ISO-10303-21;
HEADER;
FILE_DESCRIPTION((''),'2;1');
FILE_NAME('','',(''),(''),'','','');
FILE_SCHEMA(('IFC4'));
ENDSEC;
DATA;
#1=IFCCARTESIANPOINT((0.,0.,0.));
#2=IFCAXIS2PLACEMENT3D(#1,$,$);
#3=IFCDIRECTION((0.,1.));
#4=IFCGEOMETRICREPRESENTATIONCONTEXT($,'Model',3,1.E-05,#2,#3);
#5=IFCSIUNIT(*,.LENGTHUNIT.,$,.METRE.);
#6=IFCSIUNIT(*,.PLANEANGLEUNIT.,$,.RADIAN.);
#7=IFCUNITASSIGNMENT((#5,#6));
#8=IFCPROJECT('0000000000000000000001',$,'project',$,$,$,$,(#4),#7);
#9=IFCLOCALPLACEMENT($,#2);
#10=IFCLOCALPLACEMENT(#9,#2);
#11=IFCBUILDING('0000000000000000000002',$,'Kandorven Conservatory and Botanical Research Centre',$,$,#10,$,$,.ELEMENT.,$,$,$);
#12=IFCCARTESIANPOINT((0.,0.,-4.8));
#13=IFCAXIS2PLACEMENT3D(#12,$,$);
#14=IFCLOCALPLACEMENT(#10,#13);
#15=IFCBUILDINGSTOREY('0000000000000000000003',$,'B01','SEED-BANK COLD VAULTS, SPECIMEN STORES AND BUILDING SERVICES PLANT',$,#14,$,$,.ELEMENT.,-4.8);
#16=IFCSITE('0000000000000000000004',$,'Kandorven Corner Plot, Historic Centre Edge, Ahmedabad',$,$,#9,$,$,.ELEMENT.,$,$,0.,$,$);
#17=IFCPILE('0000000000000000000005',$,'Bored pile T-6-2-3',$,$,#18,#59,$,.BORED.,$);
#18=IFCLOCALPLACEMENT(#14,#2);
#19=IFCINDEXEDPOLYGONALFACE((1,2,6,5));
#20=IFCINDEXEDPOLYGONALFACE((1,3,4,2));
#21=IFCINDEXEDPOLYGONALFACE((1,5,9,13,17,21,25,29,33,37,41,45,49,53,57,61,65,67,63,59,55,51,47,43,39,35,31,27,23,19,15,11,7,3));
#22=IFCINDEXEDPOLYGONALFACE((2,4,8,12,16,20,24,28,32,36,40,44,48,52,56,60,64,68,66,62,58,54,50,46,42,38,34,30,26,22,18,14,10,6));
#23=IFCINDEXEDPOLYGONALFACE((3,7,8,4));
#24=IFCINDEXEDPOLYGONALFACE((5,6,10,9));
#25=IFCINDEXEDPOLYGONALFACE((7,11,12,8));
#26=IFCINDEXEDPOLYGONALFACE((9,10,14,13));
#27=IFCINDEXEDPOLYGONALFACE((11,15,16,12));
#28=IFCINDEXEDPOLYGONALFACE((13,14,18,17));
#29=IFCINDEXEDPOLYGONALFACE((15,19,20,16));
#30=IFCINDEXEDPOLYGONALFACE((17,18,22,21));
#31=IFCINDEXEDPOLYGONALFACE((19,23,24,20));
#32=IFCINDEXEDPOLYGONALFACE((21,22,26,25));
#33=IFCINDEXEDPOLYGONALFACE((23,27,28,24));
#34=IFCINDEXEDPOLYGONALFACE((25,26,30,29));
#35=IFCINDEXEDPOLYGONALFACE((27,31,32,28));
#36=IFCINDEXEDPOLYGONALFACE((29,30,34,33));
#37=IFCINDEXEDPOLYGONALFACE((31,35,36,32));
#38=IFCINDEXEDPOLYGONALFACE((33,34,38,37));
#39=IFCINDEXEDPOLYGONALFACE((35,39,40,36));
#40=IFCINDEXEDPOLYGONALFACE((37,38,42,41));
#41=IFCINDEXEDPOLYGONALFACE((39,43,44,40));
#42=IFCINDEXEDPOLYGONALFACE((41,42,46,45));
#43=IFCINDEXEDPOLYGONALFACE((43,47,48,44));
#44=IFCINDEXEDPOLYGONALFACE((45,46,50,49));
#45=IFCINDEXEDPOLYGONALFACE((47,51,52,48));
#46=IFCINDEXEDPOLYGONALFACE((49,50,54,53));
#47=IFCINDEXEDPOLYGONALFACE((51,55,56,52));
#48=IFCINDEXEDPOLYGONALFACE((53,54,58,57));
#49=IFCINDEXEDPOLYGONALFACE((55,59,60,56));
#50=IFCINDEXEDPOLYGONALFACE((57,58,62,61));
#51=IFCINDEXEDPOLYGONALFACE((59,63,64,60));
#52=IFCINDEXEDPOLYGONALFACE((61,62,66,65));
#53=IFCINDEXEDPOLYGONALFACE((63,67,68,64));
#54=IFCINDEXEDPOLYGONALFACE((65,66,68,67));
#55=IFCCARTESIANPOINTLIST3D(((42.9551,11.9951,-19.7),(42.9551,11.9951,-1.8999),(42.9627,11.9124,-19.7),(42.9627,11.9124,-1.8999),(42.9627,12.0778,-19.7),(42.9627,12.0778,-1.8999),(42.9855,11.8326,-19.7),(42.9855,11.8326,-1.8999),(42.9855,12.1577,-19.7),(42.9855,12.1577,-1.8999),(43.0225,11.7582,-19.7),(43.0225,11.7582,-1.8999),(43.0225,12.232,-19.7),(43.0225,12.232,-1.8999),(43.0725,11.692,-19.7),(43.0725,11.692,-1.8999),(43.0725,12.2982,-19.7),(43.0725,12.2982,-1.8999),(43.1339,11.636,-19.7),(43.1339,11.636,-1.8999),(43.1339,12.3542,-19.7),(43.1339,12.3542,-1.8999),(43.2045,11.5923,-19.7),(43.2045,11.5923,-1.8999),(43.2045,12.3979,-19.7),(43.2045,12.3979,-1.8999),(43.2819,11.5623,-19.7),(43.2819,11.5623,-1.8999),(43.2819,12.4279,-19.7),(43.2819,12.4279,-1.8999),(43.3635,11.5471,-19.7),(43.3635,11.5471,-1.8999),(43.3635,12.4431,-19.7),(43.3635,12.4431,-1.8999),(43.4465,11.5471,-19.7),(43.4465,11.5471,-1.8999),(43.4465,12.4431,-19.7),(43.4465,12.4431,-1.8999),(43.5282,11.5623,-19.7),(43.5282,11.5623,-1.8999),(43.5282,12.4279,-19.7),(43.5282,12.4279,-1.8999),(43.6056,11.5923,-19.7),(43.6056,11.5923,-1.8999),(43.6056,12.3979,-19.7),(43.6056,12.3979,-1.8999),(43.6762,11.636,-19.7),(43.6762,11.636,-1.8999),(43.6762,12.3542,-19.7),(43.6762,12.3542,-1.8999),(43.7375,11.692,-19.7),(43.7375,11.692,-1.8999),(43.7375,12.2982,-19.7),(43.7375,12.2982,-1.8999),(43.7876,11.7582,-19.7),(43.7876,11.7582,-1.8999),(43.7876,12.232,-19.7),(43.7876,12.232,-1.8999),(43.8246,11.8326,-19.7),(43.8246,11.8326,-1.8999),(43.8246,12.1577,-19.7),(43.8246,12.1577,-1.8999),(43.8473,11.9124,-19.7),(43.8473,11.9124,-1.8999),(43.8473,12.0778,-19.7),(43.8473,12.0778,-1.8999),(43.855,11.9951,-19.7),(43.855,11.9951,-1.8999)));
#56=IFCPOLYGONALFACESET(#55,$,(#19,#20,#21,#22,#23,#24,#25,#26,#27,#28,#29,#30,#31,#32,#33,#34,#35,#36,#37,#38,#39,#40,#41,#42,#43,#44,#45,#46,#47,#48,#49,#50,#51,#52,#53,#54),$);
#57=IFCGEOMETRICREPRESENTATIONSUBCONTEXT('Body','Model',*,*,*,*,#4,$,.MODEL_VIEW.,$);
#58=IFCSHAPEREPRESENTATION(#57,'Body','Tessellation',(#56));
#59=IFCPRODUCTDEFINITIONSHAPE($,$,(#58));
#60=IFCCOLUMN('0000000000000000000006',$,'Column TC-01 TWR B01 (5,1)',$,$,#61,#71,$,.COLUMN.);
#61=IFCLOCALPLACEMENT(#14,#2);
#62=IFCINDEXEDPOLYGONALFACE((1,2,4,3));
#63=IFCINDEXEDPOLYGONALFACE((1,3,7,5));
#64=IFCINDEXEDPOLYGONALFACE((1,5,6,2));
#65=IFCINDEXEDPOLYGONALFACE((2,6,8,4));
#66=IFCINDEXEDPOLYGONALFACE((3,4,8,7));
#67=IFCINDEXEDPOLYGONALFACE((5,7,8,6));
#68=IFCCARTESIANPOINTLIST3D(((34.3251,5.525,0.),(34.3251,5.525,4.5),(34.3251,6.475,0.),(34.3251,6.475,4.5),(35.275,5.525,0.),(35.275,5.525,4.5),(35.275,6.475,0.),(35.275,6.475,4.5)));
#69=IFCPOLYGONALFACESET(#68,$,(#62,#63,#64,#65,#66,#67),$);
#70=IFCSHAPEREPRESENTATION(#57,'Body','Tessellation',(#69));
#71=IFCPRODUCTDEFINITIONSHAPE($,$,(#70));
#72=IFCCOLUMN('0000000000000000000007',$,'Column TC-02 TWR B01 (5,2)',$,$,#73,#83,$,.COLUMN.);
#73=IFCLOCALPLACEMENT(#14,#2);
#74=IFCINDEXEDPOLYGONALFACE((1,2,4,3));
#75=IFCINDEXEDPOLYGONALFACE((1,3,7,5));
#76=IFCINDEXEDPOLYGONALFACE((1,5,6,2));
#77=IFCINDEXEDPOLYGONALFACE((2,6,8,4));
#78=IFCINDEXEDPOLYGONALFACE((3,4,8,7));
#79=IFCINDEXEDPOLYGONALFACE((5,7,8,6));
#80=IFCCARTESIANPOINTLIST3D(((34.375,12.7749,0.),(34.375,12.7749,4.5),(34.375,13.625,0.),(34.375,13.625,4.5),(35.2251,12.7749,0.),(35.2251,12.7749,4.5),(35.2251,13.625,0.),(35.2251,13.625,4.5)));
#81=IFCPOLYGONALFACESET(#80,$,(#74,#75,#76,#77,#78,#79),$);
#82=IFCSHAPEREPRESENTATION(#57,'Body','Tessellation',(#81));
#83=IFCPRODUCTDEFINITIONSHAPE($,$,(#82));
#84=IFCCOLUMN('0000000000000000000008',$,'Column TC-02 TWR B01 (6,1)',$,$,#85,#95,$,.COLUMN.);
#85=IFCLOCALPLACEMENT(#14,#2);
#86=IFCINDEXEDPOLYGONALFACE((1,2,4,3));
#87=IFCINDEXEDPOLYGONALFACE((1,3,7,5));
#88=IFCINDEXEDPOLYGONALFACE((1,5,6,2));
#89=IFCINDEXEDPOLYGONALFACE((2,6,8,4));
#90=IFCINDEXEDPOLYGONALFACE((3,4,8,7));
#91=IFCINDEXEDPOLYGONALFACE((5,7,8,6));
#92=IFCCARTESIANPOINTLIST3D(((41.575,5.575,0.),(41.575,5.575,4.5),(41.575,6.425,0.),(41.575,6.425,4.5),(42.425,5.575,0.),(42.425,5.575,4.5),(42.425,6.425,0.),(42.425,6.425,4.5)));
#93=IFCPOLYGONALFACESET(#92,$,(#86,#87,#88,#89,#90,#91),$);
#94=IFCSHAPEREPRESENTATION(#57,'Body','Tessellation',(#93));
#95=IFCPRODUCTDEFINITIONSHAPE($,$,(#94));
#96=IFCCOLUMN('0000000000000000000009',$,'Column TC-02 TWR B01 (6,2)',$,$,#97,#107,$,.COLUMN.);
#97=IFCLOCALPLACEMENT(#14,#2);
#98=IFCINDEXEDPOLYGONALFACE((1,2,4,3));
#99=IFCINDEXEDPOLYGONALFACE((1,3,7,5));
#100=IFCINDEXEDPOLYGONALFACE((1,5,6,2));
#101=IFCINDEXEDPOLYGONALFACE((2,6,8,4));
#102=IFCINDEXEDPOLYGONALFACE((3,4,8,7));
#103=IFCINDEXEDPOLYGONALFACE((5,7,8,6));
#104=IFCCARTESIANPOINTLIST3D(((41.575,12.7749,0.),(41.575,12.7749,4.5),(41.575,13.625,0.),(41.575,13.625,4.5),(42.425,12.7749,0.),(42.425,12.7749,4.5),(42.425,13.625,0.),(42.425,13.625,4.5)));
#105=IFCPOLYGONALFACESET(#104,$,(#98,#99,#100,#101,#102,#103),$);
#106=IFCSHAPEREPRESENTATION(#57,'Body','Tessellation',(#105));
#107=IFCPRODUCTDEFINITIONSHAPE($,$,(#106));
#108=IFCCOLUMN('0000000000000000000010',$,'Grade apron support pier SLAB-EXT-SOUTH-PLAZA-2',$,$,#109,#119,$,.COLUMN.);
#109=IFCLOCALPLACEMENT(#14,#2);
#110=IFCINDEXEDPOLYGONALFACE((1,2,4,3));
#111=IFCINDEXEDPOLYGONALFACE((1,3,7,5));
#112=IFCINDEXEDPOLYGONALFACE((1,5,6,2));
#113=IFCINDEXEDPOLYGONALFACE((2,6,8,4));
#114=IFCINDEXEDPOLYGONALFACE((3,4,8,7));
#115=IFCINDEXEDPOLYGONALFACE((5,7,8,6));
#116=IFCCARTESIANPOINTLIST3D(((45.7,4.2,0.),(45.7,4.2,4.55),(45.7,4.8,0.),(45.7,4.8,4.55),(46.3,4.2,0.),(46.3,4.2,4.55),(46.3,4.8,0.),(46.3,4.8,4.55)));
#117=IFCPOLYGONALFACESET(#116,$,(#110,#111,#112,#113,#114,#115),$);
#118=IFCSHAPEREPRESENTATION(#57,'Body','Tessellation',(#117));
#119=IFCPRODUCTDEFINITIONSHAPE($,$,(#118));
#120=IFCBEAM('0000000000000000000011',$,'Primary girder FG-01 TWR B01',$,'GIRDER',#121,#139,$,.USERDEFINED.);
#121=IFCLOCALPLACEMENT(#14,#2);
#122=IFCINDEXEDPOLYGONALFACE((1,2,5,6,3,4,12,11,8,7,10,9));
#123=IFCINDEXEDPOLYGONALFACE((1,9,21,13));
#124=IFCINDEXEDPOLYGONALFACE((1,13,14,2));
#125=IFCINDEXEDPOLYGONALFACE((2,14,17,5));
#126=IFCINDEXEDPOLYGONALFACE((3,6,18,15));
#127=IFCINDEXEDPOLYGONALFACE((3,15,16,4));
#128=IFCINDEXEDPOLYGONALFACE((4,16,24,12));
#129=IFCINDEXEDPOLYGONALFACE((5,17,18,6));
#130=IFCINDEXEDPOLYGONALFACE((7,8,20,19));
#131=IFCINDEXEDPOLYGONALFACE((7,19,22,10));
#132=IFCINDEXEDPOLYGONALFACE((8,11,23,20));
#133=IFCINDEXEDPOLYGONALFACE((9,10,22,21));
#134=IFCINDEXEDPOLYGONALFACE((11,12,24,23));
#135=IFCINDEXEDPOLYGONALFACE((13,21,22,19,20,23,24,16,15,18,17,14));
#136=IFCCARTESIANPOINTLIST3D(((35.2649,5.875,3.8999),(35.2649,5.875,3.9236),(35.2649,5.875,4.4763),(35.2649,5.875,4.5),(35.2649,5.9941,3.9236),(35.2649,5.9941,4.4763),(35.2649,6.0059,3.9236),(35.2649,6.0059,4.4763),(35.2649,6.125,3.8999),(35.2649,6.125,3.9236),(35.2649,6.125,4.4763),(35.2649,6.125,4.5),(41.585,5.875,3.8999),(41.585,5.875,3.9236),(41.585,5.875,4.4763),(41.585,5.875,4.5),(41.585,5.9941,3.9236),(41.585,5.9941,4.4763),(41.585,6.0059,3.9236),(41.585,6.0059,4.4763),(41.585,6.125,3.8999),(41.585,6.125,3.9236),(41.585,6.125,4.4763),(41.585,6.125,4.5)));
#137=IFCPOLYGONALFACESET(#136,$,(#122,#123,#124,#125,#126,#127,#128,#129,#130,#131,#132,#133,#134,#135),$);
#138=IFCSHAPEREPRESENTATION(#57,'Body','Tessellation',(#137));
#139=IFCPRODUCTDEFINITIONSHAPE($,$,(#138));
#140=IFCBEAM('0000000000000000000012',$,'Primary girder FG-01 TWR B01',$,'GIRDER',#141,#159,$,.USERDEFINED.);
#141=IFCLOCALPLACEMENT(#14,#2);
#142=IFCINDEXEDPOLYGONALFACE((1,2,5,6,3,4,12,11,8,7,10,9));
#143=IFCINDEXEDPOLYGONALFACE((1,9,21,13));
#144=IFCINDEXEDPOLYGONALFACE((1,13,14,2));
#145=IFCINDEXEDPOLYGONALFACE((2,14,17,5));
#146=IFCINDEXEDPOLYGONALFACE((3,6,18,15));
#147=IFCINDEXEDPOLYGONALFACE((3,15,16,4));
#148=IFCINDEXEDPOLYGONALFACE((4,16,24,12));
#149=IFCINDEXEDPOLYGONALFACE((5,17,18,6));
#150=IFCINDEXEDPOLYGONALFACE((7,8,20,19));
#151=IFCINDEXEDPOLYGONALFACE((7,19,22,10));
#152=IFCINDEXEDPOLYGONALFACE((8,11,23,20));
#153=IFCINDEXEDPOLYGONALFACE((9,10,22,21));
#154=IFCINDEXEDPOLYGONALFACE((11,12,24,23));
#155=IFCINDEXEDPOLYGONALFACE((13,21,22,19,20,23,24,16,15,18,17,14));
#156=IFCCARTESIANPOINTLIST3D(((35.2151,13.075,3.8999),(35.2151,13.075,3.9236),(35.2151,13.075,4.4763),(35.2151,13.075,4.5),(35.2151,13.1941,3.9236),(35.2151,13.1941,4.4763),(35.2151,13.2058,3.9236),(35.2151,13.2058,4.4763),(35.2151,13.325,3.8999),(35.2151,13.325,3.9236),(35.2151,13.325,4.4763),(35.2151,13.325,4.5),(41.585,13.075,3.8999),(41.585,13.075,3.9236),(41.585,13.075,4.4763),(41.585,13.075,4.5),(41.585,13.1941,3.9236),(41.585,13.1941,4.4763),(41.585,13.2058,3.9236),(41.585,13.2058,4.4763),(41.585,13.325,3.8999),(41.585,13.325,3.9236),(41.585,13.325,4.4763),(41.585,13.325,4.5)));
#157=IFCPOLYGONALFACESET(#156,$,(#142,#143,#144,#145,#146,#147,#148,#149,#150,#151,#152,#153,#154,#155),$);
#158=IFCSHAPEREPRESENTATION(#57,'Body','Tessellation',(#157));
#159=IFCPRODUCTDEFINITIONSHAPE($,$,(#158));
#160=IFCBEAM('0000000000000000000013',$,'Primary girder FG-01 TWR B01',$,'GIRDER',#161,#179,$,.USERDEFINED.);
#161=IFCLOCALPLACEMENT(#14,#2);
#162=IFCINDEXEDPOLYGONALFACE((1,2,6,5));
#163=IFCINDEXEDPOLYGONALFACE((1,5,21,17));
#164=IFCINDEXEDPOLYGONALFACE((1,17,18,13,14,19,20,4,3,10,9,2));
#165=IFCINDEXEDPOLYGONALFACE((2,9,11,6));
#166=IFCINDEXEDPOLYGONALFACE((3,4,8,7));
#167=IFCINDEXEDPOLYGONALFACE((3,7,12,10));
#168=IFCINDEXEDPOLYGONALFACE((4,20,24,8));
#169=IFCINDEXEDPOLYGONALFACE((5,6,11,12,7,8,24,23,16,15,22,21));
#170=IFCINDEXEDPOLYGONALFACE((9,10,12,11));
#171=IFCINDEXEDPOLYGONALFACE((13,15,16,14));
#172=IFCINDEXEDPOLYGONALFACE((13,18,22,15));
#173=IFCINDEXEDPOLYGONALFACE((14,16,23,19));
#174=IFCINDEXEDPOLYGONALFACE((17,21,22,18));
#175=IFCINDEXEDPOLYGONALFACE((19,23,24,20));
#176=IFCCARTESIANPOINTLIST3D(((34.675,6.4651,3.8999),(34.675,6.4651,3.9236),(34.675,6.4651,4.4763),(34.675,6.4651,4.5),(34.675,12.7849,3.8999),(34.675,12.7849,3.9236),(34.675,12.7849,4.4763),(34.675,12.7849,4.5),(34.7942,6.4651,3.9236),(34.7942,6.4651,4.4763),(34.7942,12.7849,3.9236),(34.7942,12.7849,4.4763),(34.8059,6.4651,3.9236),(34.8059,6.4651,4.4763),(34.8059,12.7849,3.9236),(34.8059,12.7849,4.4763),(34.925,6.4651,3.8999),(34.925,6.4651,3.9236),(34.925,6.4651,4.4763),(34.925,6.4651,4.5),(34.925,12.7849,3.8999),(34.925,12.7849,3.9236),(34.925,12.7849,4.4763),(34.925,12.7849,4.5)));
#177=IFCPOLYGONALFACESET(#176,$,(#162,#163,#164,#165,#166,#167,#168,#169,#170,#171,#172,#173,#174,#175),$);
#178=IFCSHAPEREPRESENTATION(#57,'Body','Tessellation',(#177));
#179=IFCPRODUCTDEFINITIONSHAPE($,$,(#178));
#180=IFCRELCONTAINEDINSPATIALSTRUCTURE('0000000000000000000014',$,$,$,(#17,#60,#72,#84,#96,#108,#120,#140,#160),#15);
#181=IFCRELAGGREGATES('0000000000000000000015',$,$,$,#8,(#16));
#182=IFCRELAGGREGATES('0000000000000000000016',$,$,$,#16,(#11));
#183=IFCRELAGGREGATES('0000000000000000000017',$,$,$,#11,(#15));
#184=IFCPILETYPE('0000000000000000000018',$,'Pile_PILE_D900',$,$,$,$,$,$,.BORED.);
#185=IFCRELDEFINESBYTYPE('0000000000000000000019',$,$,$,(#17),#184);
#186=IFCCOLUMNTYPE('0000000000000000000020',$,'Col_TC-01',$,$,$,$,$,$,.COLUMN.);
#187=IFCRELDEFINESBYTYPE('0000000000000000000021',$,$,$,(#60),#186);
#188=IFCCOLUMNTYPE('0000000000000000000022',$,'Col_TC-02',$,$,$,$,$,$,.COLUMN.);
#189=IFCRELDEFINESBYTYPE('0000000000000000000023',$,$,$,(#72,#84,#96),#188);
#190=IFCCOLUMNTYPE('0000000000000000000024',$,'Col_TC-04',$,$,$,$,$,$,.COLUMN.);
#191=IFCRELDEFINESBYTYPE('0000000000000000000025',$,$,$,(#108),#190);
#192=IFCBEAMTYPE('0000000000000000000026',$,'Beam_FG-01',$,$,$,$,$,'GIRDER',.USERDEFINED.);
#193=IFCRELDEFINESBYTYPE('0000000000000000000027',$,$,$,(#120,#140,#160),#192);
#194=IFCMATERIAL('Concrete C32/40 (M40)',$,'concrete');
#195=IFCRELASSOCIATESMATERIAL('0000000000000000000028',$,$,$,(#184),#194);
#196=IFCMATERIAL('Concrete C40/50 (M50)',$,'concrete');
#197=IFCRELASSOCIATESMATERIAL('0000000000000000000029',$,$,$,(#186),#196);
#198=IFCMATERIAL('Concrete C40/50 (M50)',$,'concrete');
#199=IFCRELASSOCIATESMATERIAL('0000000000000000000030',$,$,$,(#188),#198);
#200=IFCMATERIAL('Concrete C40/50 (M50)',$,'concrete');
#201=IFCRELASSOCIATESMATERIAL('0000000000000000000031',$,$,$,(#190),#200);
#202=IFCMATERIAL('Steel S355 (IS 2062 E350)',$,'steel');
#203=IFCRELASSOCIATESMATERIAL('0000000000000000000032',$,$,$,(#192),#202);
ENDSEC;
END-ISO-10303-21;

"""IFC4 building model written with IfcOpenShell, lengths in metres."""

from ifc_helpers import new_model, si_unit, direction, frame, origin, origin_2d, place, context, subcontext, project, spatial, rectangle, circle, i_section, extrude, material, material_profile, profile_set, type_object, element, save


model = new_model("IFC4")

# Units and contexts
model_context = context("Model", 3, precision=1e-05, world=origin(), true_north=direction((0.0, 1.0)))
body_context = subcontext(model_context, "Body", "Model", "MODEL_VIEW")
ifc_project = project(units=[si_unit("LENGTHUNIT", "METRE"), si_unit("PLANEANGLEUNIT", "RADIAN")], contexts=[model_context])

# Site, building, storey
site_placement = place(None, origin())
site = spatial("IfcSite", under=ifc_project, at=site_placement, Name="Kandorven Corner Plot, Historic Centre Edge, Ahmedabad", CompositionType="ELEMENT", RefElevation=0.0)
building_placement = place(site_placement, origin())
building = spatial("IfcBuilding", under=site, at=building_placement, Name="Kandorven Conservatory and Botanical Research Centre", CompositionType="ELEMENT")
storey_placement = place(building_placement, frame((0.0, 0.0, -4.8)))
storey = spatial("IfcBuildingStorey", under=building, at=storey_placement, Name="B01", Description="SEED-BANK COLD VAULTS, SPECIMEN STORES AND BUILDING SERVICES PLANT", CompositionType="ELEMENT", Elevation=-4.8)

# Pile
ifc_material_1 = material(Name="Concrete C32/40 (M40)", Category="concrete")
ifc_material_profile_1 = material_profile(ifc_material_1, circle(Radius=0.45, at=origin_2d()))
ifc_profile_set_1 = profile_set([ifc_material_profile_1], Name="Concrete C32/40 (M40)")
pile_type_1 = type_object("IfcPileType", Name="Pile_PILE_D900", PredefinedType="BORED", material=ifc_profile_set_1)
for number, where, z_axis, x_axis, name in (
    (1, (43.405, 11.9951, -1.8999), (0.0, 0.0, -1.0), (1.0, 0.0, 0.0), "Bored pile T-6-2-3"),
):
    element("IfcPile", number, at=place(storey_placement, frame(where, z_axis=z_axis, x_axis=x_axis)), inside=storey, type_object=pile_type_1, Name=name, PredefinedType="BORED", context=body_context, shape_type="SweptSolid", body=[
        extrude(circle(Radius=0.45, at=origin_2d()), origin(), (0.0, 0.0, 1.0), 17.8),
    ])

# Columns
ifc_material_2 = material(Name="Concrete C40/50 (M50)", Category="concrete")
ifc_material_profile_2 = material_profile(ifc_material_2, rectangle(XDim=0.95, YDim=0.95, at=origin_2d()))
ifc_profile_set_2 = profile_set([ifc_material_profile_2], Name="Concrete C40/50 (M50)")
column_type_1 = type_object("IfcColumnType", Name="Col_TC-01", PredefinedType="COLUMN", material=ifc_profile_set_2)
column_1_placement = place(storey_placement, frame((34.8, 6.0, 0.0), z_axis=(0.0, 0.0, 1.0), x_axis=(1.0, 0.0, 0.0)))
element("IfcColumn", 2, at=column_1_placement, inside=storey, type_object=column_type_1, Name="Column TC-01 TWR B01 (5,1)", PredefinedType="COLUMN", context=body_context, shape_type="SweptSolid", body=[
    extrude(rectangle(XDim=0.95, YDim=0.95, at=origin_2d()), origin(), (0.0, 0.0, 1.0), 4.5),
])
ifc_material_3 = material(Name="Concrete C40/50 (M50)", Category="concrete")
ifc_material_profile_3 = material_profile(ifc_material_3, rectangle(XDim=0.8501, YDim=0.8501, at=origin_2d()))
ifc_profile_set_3 = profile_set([ifc_material_profile_3], Name="Concrete C40/50 (M50)")
column_type_2 = type_object("IfcColumnType", Name="Col_TC-02", PredefinedType="COLUMN", material=ifc_profile_set_3)
for number, where, z_axis, x_axis, name in (
    (3, (34.8, 13.2, 0.0), (0.0, 0.0, 1.0), (1.0, 0.0, 0.0), "Column TC-02 TWR B01 (5,2)"),
    (4, (42.0, 6.0, 0.0), (0.0, 0.0, 1.0), (1.0, 0.0, 0.0), "Column TC-02 TWR B01 (6,1)"),
    (5, (42.0, 13.2, 0.0), (0.0, 0.0, 1.0), (1.0, 0.0, 0.0), "Column TC-02 TWR B01 (6,2)"),
):
    element("IfcColumn", number, at=place(storey_placement, frame(where, z_axis=z_axis, x_axis=x_axis)), inside=storey, type_object=column_type_2, Name=name, PredefinedType="COLUMN", context=body_context, shape_type="SweptSolid", body=[
        extrude(rectangle(XDim=0.8501, YDim=0.8501, at=origin_2d()), origin(), (0.0, 0.0, 1.0), 4.5),
    ])
ifc_material_4 = material(Name="Concrete C40/50 (M50)", Category="concrete")
ifc_material_profile_4 = material_profile(ifc_material_4, rectangle(XDim=0.6001, YDim=0.6001, at=origin_2d()))
ifc_profile_set_4 = profile_set([ifc_material_profile_4], Name="Concrete C40/50 (M50)")
column_type_3 = type_object("IfcColumnType", Name="Col_TC-04", PredefinedType="COLUMN", material=ifc_profile_set_4)
column_2_placement = place(storey_placement, frame((46.0, 4.5, 0.0), z_axis=(0.0, 0.0, 1.0), x_axis=(1.0, 0.0, 0.0)))
element("IfcColumn", 6, at=column_2_placement, inside=storey, type_object=column_type_3, Name="Grade apron support pier SLAB-EXT-SOUTH-PLAZA-2", PredefinedType="COLUMN", context=body_context, shape_type="SweptSolid", body=[
    extrude(rectangle(XDim=0.6001, YDim=0.6001, at=origin_2d()), origin(), (0.0, 0.0, 1.0), 4.55),
])

# Beams
ifc_material_5 = material(Name="Steel S355 (IS 2062 E350)", Category="steel")
ifc_material_profile_5 = material_profile(ifc_material_5, i_section(OverallWidth=0.25, OverallDepth=0.6001, WebThickness=0.0117, FlangeThickness=0.0237, at=origin_2d()))
ifc_profile_set_5 = profile_set([ifc_material_profile_5], Name="Steel S355 (IS 2062 E350)")
beam_type_1 = type_object("IfcBeamType", Name="Beam_FG-01", ElementType="GIRDER", PredefinedType="USERDEFINED", material=ifc_profile_set_5)
beam_1_placement = place(storey_placement, frame((35.2649, 6.0, 4.2), z_axis=(1.0, 0.0, 0.0), x_axis=(0.0, 1.0, 0.0)))
element("IfcBeam", 7, at=beam_1_placement, inside=storey, type_object=beam_type_1, Name="Primary girder FG-01 TWR B01", ObjectType="GIRDER", PredefinedType="USERDEFINED", context=body_context, shape_type="SweptSolid", body=[
    extrude(i_section(OverallWidth=0.25, OverallDepth=0.6001, WebThickness=0.0117, FlangeThickness=0.0237, at=origin_2d()), origin(), (0.0, 0.0, 1.0), 6.3201),
])
beam_2_placement = place(storey_placement, frame((35.2151, 13.2, 4.2), z_axis=(1.0, 0.0, 0.0), x_axis=(0.0, 1.0, 0.0)))
element("IfcBeam", 8, at=beam_2_placement, inside=storey, type_object=beam_type_1, Name="Primary girder FG-01 TWR B01", ObjectType="GIRDER", PredefinedType="USERDEFINED", context=body_context, shape_type="SweptSolid", body=[
    extrude(i_section(OverallWidth=0.25, OverallDepth=0.6001, WebThickness=0.0117, FlangeThickness=0.0237, at=origin_2d()), origin(), (0.0, 0.0, 1.0), 6.3699),
])
beam_3_placement = place(storey_placement, frame((34.8, 6.4651, 4.2), z_axis=(0.0, 1.0, 0.0), x_axis=(-1.0, 0.0, 0.0)))
element("IfcBeam", 9, at=beam_3_placement, inside=storey, type_object=beam_type_1, Name="Primary girder FG-01 TWR B01", ObjectType="GIRDER", PredefinedType="USERDEFINED", context=body_context, shape_type="SweptSolid", body=[
    extrude(i_section(OverallWidth=0.25, OverallDepth=0.6001, WebThickness=0.0117, FlangeThickness=0.0237, at=origin_2d()), origin(), (0.0, 0.0, 1.0), 6.3198),
])

save(model, "model.ifc")
